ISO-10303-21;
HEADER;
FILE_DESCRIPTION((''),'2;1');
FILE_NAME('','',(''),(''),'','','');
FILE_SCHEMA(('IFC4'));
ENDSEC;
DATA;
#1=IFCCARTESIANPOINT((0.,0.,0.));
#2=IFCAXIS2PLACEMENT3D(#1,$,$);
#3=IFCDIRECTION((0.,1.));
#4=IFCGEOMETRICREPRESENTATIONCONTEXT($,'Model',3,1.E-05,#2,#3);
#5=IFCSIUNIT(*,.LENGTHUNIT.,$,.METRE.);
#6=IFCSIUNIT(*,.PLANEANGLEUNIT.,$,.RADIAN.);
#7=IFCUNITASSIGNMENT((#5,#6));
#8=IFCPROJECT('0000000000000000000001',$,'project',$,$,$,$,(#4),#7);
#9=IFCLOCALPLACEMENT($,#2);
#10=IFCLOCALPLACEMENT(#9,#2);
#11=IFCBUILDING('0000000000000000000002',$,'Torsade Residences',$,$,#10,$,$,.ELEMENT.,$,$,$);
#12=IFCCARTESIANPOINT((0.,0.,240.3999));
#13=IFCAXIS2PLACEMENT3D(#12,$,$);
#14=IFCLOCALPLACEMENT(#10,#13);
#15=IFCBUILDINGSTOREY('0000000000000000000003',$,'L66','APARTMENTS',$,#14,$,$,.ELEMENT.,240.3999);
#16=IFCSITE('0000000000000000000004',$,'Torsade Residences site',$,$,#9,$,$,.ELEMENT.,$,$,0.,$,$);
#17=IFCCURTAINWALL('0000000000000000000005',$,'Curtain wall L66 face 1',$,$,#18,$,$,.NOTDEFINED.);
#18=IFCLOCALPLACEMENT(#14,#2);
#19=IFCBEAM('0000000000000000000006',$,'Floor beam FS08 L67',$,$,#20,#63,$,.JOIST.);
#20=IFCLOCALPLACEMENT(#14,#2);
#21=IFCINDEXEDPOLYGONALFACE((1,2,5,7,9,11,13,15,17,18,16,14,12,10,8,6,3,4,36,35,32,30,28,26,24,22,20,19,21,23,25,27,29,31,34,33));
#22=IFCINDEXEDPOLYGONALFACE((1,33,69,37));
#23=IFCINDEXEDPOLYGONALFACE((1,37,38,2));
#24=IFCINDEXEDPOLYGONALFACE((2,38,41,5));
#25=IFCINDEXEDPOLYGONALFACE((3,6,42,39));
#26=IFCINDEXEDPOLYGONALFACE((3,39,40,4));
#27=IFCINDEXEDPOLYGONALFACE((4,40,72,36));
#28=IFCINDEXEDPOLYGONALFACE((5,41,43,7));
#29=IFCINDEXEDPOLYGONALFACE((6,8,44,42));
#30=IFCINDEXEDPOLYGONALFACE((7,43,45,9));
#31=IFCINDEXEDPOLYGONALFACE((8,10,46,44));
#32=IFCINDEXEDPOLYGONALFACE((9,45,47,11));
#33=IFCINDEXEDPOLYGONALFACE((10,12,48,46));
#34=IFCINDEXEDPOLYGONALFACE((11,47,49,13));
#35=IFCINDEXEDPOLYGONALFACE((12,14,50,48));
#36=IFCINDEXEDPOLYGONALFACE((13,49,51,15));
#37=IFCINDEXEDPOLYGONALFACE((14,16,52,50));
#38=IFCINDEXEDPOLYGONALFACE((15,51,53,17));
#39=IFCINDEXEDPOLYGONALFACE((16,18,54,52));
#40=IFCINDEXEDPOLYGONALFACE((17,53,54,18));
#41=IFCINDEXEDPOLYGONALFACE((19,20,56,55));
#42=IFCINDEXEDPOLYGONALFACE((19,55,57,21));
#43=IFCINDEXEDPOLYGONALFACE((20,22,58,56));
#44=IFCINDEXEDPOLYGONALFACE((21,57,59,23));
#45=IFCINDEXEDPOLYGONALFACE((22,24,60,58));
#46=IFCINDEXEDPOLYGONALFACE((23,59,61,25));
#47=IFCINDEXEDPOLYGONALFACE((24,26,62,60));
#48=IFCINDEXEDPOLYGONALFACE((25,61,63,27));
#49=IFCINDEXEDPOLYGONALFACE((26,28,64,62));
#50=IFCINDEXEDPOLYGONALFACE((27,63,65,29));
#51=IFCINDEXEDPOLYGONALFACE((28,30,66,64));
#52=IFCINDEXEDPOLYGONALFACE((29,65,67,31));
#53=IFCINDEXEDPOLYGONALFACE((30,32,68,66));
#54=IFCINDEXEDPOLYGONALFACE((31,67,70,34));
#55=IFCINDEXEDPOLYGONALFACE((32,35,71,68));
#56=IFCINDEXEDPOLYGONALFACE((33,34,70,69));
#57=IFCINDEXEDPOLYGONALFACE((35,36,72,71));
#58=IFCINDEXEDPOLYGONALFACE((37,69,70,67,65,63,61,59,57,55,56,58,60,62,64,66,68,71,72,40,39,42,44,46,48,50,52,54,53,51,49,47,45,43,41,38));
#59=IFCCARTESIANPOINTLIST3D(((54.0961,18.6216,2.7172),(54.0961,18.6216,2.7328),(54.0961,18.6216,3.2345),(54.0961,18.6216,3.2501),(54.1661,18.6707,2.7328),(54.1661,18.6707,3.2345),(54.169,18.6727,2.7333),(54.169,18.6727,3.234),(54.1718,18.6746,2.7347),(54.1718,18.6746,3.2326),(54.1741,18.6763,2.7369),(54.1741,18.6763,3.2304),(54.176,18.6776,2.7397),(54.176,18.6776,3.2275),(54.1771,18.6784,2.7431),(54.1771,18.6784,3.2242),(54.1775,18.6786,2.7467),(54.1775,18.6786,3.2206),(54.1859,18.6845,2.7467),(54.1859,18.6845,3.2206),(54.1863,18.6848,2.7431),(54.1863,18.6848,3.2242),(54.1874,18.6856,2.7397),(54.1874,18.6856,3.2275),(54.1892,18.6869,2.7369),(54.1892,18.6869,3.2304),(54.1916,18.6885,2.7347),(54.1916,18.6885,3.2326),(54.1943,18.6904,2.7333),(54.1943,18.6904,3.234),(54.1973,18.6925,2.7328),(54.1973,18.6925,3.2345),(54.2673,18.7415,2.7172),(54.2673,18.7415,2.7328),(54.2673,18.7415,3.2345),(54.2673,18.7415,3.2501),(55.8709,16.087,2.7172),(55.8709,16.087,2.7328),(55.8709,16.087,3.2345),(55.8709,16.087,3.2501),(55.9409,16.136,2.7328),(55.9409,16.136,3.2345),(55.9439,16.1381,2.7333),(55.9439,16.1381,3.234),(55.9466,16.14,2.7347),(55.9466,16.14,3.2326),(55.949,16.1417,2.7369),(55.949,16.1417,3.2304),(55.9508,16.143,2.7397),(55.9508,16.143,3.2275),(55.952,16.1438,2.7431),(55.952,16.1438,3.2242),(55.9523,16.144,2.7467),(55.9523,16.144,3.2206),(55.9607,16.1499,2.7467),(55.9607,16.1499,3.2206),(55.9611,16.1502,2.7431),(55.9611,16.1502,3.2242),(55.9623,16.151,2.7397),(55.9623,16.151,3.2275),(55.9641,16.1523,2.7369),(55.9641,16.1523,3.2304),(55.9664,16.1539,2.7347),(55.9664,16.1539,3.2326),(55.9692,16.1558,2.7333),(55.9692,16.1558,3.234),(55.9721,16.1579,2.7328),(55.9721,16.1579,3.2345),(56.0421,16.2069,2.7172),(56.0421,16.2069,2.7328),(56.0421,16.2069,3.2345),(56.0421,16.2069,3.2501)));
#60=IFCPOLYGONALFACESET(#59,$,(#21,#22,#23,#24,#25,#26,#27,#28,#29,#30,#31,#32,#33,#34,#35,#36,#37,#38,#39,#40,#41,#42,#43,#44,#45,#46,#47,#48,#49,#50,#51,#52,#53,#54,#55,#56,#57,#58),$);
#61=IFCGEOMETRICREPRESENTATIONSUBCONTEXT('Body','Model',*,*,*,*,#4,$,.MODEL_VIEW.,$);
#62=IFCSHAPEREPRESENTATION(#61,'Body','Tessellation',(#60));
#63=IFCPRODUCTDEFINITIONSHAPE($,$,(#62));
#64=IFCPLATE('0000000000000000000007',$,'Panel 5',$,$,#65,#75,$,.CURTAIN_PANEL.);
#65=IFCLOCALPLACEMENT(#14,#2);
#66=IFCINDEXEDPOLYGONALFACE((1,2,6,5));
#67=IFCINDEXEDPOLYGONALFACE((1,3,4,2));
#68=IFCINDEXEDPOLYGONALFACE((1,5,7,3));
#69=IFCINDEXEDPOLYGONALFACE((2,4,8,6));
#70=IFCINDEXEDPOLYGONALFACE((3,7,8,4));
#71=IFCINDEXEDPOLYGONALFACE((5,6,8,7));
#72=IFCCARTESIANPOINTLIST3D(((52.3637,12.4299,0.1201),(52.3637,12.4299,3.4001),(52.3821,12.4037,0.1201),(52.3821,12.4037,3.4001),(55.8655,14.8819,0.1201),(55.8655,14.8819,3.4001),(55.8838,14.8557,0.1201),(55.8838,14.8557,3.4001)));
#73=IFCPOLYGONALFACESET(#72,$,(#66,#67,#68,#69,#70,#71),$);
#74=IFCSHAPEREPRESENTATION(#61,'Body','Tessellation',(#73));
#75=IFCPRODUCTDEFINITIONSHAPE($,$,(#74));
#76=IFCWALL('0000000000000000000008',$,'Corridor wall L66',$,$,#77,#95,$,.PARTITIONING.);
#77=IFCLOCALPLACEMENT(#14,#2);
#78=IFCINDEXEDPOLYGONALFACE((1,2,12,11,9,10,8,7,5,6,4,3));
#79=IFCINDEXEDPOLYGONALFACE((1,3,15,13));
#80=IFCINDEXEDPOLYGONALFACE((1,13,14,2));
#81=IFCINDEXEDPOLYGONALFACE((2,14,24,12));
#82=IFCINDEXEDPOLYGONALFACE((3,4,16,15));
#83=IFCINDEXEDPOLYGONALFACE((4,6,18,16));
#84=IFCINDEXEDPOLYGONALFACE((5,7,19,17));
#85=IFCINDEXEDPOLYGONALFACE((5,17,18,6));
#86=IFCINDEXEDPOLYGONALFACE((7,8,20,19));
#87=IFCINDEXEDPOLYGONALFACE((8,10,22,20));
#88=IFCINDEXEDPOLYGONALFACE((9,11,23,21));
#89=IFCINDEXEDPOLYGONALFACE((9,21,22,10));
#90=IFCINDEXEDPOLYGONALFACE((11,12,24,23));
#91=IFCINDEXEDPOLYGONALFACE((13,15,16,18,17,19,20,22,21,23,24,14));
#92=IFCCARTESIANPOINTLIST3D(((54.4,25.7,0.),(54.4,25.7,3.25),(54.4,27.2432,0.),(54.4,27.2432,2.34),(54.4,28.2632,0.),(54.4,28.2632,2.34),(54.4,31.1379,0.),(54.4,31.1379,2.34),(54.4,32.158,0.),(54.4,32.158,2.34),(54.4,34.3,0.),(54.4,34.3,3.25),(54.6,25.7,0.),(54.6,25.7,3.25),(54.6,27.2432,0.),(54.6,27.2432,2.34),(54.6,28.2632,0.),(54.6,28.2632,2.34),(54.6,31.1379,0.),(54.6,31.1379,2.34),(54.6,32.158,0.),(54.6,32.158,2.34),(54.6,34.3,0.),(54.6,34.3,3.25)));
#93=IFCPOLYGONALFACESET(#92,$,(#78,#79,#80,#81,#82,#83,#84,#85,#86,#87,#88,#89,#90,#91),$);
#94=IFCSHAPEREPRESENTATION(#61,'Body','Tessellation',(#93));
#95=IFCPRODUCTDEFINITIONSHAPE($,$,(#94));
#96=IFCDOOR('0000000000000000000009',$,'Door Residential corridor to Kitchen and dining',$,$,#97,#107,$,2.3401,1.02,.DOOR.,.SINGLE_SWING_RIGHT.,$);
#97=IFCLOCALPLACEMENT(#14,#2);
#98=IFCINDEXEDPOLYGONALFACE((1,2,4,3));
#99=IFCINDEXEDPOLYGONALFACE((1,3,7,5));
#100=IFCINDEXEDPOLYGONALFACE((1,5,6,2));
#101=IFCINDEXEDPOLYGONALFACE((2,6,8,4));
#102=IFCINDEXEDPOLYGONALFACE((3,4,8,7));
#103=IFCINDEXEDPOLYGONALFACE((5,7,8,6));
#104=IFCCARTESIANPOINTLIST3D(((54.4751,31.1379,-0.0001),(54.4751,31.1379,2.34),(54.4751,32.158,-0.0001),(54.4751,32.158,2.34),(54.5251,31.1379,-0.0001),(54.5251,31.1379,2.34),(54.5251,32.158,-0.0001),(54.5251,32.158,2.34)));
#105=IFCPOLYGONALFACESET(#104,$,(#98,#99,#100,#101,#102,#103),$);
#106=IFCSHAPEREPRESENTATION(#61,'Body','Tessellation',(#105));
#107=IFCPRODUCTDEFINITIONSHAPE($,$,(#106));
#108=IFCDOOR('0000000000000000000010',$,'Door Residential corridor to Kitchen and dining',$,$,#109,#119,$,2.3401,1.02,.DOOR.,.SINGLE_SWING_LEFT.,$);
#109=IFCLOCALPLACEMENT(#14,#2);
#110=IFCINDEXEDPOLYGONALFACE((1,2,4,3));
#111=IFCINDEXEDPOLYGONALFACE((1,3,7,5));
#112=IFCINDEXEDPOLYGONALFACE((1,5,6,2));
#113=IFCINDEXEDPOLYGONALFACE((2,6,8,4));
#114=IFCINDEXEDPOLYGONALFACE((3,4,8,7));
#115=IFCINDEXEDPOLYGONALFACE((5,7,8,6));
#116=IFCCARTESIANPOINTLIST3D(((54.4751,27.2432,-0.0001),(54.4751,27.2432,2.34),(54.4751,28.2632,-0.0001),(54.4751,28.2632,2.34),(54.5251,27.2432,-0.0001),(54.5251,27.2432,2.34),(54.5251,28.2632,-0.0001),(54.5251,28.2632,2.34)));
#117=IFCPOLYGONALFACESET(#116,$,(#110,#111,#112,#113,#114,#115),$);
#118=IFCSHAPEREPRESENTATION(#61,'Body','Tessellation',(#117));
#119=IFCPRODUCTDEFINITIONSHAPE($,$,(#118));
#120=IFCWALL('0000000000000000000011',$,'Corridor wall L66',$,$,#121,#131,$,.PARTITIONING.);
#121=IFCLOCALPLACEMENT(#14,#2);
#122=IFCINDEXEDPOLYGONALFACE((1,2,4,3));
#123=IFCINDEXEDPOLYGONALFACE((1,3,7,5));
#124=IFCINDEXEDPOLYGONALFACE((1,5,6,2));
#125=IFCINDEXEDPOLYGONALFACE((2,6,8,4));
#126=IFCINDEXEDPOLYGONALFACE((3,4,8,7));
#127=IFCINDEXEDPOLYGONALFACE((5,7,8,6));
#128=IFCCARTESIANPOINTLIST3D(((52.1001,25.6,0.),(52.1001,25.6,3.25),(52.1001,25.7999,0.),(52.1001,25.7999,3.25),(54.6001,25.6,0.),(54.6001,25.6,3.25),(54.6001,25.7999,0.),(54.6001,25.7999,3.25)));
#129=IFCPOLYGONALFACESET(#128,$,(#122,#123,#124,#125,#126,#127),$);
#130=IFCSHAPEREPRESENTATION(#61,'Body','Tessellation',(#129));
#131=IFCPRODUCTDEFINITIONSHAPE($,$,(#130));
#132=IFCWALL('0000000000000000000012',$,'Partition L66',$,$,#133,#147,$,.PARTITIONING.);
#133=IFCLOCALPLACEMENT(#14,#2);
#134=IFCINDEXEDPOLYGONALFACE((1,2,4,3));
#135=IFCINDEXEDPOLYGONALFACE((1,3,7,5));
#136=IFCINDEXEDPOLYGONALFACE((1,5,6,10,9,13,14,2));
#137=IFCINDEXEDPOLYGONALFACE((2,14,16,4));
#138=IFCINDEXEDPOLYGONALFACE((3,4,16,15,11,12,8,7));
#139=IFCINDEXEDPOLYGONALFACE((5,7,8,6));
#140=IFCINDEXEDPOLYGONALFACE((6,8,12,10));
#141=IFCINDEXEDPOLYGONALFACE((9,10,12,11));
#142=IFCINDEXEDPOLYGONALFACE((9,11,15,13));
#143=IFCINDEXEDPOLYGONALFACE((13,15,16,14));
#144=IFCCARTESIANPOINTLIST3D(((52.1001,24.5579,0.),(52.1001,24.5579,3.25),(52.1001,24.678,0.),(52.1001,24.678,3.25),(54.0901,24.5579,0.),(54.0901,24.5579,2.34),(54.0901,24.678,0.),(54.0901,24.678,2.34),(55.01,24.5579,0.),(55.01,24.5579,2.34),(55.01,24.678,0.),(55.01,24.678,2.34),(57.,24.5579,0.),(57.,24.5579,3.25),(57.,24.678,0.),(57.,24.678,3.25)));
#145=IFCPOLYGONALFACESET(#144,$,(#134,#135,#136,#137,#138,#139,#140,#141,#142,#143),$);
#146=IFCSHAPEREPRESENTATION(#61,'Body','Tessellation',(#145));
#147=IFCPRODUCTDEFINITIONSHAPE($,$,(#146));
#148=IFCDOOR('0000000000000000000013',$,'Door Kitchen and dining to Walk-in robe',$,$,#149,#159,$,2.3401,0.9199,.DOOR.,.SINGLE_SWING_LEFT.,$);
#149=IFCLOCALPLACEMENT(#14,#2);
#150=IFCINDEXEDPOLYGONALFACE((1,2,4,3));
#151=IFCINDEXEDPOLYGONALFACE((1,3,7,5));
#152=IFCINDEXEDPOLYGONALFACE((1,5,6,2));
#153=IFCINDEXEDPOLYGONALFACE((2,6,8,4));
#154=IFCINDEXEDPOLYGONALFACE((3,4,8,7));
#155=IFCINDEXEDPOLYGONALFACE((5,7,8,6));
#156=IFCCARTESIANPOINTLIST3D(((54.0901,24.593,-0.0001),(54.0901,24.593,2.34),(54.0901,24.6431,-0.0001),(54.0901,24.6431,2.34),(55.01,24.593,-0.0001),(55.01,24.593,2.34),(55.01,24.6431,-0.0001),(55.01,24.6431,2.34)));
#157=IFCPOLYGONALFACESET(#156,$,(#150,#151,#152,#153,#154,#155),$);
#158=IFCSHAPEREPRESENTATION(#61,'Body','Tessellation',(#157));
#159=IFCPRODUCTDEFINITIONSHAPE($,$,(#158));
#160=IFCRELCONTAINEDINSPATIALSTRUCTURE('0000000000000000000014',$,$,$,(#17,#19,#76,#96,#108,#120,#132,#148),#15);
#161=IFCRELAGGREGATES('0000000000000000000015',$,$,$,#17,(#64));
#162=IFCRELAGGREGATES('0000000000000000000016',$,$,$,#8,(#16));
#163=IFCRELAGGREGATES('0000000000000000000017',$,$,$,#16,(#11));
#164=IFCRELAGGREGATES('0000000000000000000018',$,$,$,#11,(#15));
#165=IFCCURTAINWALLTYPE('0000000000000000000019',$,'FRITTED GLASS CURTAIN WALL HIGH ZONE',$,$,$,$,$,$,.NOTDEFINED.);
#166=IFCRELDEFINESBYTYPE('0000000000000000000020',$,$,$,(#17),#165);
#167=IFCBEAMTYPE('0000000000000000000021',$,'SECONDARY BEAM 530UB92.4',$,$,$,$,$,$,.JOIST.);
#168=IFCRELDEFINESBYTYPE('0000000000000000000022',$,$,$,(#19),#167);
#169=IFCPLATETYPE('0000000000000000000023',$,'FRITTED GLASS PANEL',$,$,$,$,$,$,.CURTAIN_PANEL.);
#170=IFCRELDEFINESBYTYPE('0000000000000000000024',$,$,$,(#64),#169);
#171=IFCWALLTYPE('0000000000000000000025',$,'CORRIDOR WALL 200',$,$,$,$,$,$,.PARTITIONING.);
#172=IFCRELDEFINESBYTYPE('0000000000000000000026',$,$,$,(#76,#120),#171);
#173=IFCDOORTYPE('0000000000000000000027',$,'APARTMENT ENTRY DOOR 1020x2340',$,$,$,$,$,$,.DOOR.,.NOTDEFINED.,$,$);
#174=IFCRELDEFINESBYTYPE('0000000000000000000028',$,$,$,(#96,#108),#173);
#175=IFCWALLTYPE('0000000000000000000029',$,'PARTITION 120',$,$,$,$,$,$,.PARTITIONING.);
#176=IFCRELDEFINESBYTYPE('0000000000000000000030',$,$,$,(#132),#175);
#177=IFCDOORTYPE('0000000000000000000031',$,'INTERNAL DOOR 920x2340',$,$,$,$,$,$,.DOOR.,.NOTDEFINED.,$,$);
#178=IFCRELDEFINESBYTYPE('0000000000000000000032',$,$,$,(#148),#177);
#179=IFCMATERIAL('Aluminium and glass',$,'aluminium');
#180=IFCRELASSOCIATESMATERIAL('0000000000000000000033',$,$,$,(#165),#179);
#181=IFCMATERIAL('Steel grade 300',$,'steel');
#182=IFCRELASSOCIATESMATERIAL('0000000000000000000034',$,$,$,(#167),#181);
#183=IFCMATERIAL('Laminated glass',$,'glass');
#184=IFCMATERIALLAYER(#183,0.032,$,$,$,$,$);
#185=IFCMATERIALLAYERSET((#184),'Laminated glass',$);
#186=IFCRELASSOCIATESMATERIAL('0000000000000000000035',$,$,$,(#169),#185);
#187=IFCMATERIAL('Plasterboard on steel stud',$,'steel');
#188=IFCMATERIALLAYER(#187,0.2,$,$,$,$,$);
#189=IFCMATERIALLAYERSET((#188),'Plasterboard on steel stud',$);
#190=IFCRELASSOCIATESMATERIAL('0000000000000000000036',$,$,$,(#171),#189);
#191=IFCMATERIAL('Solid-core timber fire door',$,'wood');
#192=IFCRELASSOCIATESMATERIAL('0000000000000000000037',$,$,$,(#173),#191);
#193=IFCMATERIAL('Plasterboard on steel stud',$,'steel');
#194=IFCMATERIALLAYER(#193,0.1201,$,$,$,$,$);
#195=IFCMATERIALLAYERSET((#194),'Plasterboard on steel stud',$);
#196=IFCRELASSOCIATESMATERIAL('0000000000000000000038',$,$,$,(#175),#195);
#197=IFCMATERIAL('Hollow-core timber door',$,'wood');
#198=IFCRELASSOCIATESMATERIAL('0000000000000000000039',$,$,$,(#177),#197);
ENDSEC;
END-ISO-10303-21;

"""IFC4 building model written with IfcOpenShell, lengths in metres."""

from ifc_helpers import new_model, si_unit, direction, frame, frame_2d, origin, origin_2d, place, context, subcontext, project, spatial, rectangle, i_section, extrude, material, layer, layer_set, material_profile, profile_set, type_object, element, fill, aggregate, save


model = new_model("IFC4")

# Units and contexts
model_context = context("Model", 3, precision=1e-05, world=origin(), true_north=direction((0.0, 1.0)))
body_context = subcontext(model_context, "Body", "Model", "MODEL_VIEW")
ifc_project = project(units=[si_unit("LENGTHUNIT", "METRE"), si_unit("PLANEANGLEUNIT", "RADIAN")], contexts=[model_context])

# Site, building, storey
site_placement = place(None, origin())
site = spatial("IfcSite", under=ifc_project, at=site_placement, Name="Torsade Residences site", CompositionType="ELEMENT", RefElevation=0.0)
building_placement = place(site_placement, origin())
building = spatial("IfcBuilding", under=site, at=building_placement, Name="Torsade Residences", CompositionType="ELEMENT")
storey_placement = place(building_placement, frame((0.0, 0.0, 240.3999)))
storey = spatial("IfcBuildingStorey", under=building, at=storey_placement, Name="L66", Description="APARTMENTS", CompositionType="ELEMENT", Elevation=240.3999)

# Curtain wall
ifc_material_1 = material(Name="Aluminium and glass", Category="aluminium")
curtain_wall_type = type_object("IfcCurtainWallType", Name="FRITTED GLASS CURTAIN WALL HIGH ZONE", PredefinedType="NOTDEFINED", material=ifc_material_1)
curtain_wall_placement = place(storey_placement, origin())
curtain_wall = element("IfcCurtainWall", 1, at=curtain_wall_placement, inside=storey, type_object=curtain_wall_type, Name="Curtain wall L66 face 1", PredefinedType="NOTDEFINED")

# Beam
ifc_material_2 = material(Name="Steel grade 300", Category="steel")
ifc_material_profile_1 = material_profile(ifc_material_2, i_section(OverallWidth=0.209, OverallDepth=0.533, WebThickness=0.0103, FlangeThickness=0.0156, FilletRadius=0.0139, at=origin_2d()), Name="530UB92.4")
ifc_profile_set_1 = profile_set([ifc_material_profile_1], Name="Steel grade 300")
beam_type_1 = type_object("IfcBeamType", Name="SECONDARY BEAM 530UB92.4", PredefinedType="JOIST", material=ifc_profile_set_1)
beam_1_placement = place(storey_placement, frame((55.9565, 16.147, 2.9836), z_axis=(-0.5736, 0.819136, 0.0), x_axis=(-0.819136, -0.5736, 0.0)))
element("IfcBeam", 2, at=beam_1_placement, inside=storey, type_object=beam_type_1, Name="Floor beam FS08 L67", PredefinedType="JOIST", context=body_context, shape_type="SweptSolid", body=[
    extrude(i_section(OverallWidth=0.209, OverallDepth=0.533, WebThickness=0.0103, FlangeThickness=0.0156, FilletRadius=0.0139, at=origin_2d()), origin(), (0.0, 0.0, 1.0), 3.0942),
])

# Plate
ifc_material_3 = material(Name="Laminated glass", Category="glass")
ifc_layer_1 = layer(ifc_material_3, 0.032)
ifc_layer_set_1 = layer_set([ifc_layer_1], Name="Laminated glass")
plate_type = type_object("IfcPlateType", Name="FRITTED GLASS PANEL", PredefinedType="CURTAIN_PANEL", material=ifc_layer_set_1)
plate_placement = place(storey_placement, frame((54.1238, 13.6428, 0.1201), z_axis=(0.0, 0.0, 1.0), x_axis=(0.819152, 0.573576, 0.0)))
plate = element("IfcPlate", 3, at=plate_placement, type_object=plate_type, Name="Panel 5", PredefinedType="CURTAIN_PANEL", context=body_context, shape_type="SweptSolid", body=[
    extrude(rectangle(XDim=4.2749, YDim=0.032, at=origin_2d()), origin(), (0.0, 0.0, 1.0), 3.28),
])
aggregate(curtain_wall, [plate])

# Wall, openings, doors
ifc_material_4 = material(Name="Plasterboard on steel stud", Category="steel")
ifc_layer_2 = layer(ifc_material_4, 0.2)
ifc_layer_set_2 = layer_set([ifc_layer_2], Name="Plasterboard on steel stud")
wall_type_1 = type_object("IfcWallType", Name="CORRIDOR WALL 200", PredefinedType="PARTITIONING", material=ifc_layer_set_2)
wall_1_placement = place(storey_placement, frame((54.5, 25.7, 0.0), z_axis=(0.0, 0.0, 1.0), x_axis=(0.0, 1.0, 0.0)))
wall_1 = element("IfcWall", 4, at=wall_1_placement, inside=storey, type_object=wall_type_1, Name="Corridor wall L66", PredefinedType="PARTITIONING", context=body_context, shape_type="SweptSolid", body=[
    extrude(rectangle(XDim=8.6001, YDim=0.2, at=frame_2d((4.3, 0.0))), origin(), (0.0, 0.0, 1.0), 3.25),
])
opening_1_placement = place(wall_1_placement, frame((5.438, 0.0, 0.0)))
opening_1 = element("IfcOpeningElement", 5, at=opening_1_placement, cuts=wall_1, PredefinedType="OPENING", context=body_context, shape_type="SweptSolid", body=[
    extrude(rectangle(XDim=1.02, YDim=2.3401, at=frame_2d((0.51, 1.1699))), frame((0.0, 0.1099, 0.0), z_axis=(0.0, -1.0, 0.0), x_axis=(1.0, 0.0, 0.0)), (0.0, 0.0, 1.0), 0.22),
])
opening_2_placement = place(wall_1_placement, frame((1.5432, 0.0, 0.0)))
opening_2 = element("IfcOpeningElement", 6, at=opening_2_placement, cuts=wall_1, PredefinedType="OPENING", context=body_context, shape_type="SweptSolid", body=[
    extrude(rectangle(XDim=1.02, YDim=2.3401, at=frame_2d((0.51, 1.1699))), frame((0.0, 0.1099, 0.0), z_axis=(0.0, -1.0, 0.0), x_axis=(1.0, 0.0, 0.0)), (0.0, 0.0, 1.0), 0.22),
])
ifc_material_5 = material(Name="Solid-core timber fire door", Category="wood")
door_type_1 = type_object("IfcDoorType", Name="APARTMENT ENTRY DOOR 1020x2340", OperationType="NOTDEFINED", PredefinedType="DOOR", material=ifc_material_5)
door_1_placement = place(opening_1_placement, origin())
door_1 = element("IfcDoor", 7, at=door_1_placement, inside=storey, type_object=door_type_1, Name="Door Residential corridor to Kitchen and dining", OperationType="SINGLE_SWING_RIGHT", OverallHeight=2.3401, OverallWidth=1.02, PredefinedType="DOOR", context=body_context, shape_type="SweptSolid", body=[
    extrude(rectangle(XDim=1.02, YDim=2.3401, at=frame_2d((0.51, 1.1699))), frame((0.0, 0.0249, 0.0), z_axis=(0.0, -1.0, 0.0), x_axis=(1.0, 0.0, 0.0)), (0.0, 0.0, 1.0), 0.05),
])
fill(opening_1, door_1)
door_2_placement = place(opening_2_placement, origin())
door_2 = element("IfcDoor", 8, at=door_2_placement, inside=storey, type_object=door_type_1, Name="Door Residential corridor to Kitchen and dining", OperationType="SINGLE_SWING_LEFT", OverallHeight=2.3401, OverallWidth=1.02, PredefinedType="DOOR", context=body_context, shape_type="SweptSolid", body=[
    extrude(rectangle(XDim=1.02, YDim=2.3401, at=frame_2d((0.51, 1.1699))), frame((0.0, 0.0249, 0.0), z_axis=(0.0, -1.0, 0.0), x_axis=(1.0, 0.0, 0.0)), (0.0, 0.0, 1.0), 0.05),
])
fill(opening_2, door_2)

# Wall
wall_2_placement = place(storey_placement, frame((52.1001, 25.7, 0.0), z_axis=(0.0, 0.0, 1.0), x_axis=(1.0, 0.0, 0.0)))
element("IfcWall", 9, at=wall_2_placement, inside=storey, type_object=wall_type_1, Name="Corridor wall L66", PredefinedType="PARTITIONING", context=body_context, shape_type="SweptSolid", body=[
    extrude(rectangle(XDim=2.5, YDim=0.2, at=frame_2d((1.25, 0.0))), origin(), (0.0, 0.0, 1.0), 3.25),
])

# Wall, opening, door
ifc_material_6 = material(Name="Plasterboard on steel stud", Category="steel")
ifc_layer_3 = layer(ifc_material_6, 0.1201)
ifc_layer_set_3 = layer_set([ifc_layer_3], Name="Plasterboard on steel stud")
wall_type_2 = type_object("IfcWallType", Name="PARTITION 120", PredefinedType="PARTITIONING", material=ifc_layer_set_3)
wall_3_placement = place(storey_placement, frame((57.0, 24.6179, 0.0), z_axis=(0.0, 0.0, 1.0), x_axis=(-1.0, 0.0, 0.0)))
wall_3 = element("IfcWall", 10, at=wall_3_placement, inside=storey, type_object=wall_type_2, Name="Partition L66", PredefinedType="PARTITIONING", context=body_context, shape_type="SweptSolid", body=[
    extrude(rectangle(XDim=4.8999, YDim=0.1201, at=frame_2d((2.45, 0.0))), origin(), (0.0, 0.0, 1.0), 3.25),
])
opening_3_placement = place(wall_3_placement, frame((1.99, 0.0, 0.0)))
opening_3 = element("IfcOpeningElement", 11, at=opening_3_placement, cuts=wall_3, PredefinedType="OPENING", context=body_context, shape_type="SweptSolid", body=[
    extrude(rectangle(XDim=0.9199, YDim=2.3401, at=frame_2d((0.46, 1.1699))), frame((0.0, 0.0701, 0.0), z_axis=(0.0, -1.0, 0.0), x_axis=(1.0, 0.0, 0.0)), (0.0, 0.0, 1.0), 0.1401),
])
ifc_material_7 = material(Name="Hollow-core timber door", Category="wood")
door_type_2 = type_object("IfcDoorType", Name="INTERNAL DOOR 920x2340", OperationType="NOTDEFINED", PredefinedType="DOOR", material=ifc_material_7)
door_3_placement = place(opening_3_placement, origin())
door_3 = element("IfcDoor", 12, at=door_3_placement, inside=storey, type_object=door_type_2, Name="Door Kitchen and dining to Walk-in robe", OperationType="SINGLE_SWING_LEFT", OverallHeight=2.3401, OverallWidth=0.9199, PredefinedType="DOOR", context=body_context, shape_type="SweptSolid", body=[
    extrude(rectangle(XDim=0.9199, YDim=2.3401, at=frame_2d((0.46, 1.1699))), frame((0.0, 0.0249, 0.0), z_axis=(0.0, -1.0, 0.0), x_axis=(1.0, 0.0, 0.0)), (0.0, 0.0, 1.0), 0.05),
])
fill(opening_3, door_3)

save(model, "model.ifc")
